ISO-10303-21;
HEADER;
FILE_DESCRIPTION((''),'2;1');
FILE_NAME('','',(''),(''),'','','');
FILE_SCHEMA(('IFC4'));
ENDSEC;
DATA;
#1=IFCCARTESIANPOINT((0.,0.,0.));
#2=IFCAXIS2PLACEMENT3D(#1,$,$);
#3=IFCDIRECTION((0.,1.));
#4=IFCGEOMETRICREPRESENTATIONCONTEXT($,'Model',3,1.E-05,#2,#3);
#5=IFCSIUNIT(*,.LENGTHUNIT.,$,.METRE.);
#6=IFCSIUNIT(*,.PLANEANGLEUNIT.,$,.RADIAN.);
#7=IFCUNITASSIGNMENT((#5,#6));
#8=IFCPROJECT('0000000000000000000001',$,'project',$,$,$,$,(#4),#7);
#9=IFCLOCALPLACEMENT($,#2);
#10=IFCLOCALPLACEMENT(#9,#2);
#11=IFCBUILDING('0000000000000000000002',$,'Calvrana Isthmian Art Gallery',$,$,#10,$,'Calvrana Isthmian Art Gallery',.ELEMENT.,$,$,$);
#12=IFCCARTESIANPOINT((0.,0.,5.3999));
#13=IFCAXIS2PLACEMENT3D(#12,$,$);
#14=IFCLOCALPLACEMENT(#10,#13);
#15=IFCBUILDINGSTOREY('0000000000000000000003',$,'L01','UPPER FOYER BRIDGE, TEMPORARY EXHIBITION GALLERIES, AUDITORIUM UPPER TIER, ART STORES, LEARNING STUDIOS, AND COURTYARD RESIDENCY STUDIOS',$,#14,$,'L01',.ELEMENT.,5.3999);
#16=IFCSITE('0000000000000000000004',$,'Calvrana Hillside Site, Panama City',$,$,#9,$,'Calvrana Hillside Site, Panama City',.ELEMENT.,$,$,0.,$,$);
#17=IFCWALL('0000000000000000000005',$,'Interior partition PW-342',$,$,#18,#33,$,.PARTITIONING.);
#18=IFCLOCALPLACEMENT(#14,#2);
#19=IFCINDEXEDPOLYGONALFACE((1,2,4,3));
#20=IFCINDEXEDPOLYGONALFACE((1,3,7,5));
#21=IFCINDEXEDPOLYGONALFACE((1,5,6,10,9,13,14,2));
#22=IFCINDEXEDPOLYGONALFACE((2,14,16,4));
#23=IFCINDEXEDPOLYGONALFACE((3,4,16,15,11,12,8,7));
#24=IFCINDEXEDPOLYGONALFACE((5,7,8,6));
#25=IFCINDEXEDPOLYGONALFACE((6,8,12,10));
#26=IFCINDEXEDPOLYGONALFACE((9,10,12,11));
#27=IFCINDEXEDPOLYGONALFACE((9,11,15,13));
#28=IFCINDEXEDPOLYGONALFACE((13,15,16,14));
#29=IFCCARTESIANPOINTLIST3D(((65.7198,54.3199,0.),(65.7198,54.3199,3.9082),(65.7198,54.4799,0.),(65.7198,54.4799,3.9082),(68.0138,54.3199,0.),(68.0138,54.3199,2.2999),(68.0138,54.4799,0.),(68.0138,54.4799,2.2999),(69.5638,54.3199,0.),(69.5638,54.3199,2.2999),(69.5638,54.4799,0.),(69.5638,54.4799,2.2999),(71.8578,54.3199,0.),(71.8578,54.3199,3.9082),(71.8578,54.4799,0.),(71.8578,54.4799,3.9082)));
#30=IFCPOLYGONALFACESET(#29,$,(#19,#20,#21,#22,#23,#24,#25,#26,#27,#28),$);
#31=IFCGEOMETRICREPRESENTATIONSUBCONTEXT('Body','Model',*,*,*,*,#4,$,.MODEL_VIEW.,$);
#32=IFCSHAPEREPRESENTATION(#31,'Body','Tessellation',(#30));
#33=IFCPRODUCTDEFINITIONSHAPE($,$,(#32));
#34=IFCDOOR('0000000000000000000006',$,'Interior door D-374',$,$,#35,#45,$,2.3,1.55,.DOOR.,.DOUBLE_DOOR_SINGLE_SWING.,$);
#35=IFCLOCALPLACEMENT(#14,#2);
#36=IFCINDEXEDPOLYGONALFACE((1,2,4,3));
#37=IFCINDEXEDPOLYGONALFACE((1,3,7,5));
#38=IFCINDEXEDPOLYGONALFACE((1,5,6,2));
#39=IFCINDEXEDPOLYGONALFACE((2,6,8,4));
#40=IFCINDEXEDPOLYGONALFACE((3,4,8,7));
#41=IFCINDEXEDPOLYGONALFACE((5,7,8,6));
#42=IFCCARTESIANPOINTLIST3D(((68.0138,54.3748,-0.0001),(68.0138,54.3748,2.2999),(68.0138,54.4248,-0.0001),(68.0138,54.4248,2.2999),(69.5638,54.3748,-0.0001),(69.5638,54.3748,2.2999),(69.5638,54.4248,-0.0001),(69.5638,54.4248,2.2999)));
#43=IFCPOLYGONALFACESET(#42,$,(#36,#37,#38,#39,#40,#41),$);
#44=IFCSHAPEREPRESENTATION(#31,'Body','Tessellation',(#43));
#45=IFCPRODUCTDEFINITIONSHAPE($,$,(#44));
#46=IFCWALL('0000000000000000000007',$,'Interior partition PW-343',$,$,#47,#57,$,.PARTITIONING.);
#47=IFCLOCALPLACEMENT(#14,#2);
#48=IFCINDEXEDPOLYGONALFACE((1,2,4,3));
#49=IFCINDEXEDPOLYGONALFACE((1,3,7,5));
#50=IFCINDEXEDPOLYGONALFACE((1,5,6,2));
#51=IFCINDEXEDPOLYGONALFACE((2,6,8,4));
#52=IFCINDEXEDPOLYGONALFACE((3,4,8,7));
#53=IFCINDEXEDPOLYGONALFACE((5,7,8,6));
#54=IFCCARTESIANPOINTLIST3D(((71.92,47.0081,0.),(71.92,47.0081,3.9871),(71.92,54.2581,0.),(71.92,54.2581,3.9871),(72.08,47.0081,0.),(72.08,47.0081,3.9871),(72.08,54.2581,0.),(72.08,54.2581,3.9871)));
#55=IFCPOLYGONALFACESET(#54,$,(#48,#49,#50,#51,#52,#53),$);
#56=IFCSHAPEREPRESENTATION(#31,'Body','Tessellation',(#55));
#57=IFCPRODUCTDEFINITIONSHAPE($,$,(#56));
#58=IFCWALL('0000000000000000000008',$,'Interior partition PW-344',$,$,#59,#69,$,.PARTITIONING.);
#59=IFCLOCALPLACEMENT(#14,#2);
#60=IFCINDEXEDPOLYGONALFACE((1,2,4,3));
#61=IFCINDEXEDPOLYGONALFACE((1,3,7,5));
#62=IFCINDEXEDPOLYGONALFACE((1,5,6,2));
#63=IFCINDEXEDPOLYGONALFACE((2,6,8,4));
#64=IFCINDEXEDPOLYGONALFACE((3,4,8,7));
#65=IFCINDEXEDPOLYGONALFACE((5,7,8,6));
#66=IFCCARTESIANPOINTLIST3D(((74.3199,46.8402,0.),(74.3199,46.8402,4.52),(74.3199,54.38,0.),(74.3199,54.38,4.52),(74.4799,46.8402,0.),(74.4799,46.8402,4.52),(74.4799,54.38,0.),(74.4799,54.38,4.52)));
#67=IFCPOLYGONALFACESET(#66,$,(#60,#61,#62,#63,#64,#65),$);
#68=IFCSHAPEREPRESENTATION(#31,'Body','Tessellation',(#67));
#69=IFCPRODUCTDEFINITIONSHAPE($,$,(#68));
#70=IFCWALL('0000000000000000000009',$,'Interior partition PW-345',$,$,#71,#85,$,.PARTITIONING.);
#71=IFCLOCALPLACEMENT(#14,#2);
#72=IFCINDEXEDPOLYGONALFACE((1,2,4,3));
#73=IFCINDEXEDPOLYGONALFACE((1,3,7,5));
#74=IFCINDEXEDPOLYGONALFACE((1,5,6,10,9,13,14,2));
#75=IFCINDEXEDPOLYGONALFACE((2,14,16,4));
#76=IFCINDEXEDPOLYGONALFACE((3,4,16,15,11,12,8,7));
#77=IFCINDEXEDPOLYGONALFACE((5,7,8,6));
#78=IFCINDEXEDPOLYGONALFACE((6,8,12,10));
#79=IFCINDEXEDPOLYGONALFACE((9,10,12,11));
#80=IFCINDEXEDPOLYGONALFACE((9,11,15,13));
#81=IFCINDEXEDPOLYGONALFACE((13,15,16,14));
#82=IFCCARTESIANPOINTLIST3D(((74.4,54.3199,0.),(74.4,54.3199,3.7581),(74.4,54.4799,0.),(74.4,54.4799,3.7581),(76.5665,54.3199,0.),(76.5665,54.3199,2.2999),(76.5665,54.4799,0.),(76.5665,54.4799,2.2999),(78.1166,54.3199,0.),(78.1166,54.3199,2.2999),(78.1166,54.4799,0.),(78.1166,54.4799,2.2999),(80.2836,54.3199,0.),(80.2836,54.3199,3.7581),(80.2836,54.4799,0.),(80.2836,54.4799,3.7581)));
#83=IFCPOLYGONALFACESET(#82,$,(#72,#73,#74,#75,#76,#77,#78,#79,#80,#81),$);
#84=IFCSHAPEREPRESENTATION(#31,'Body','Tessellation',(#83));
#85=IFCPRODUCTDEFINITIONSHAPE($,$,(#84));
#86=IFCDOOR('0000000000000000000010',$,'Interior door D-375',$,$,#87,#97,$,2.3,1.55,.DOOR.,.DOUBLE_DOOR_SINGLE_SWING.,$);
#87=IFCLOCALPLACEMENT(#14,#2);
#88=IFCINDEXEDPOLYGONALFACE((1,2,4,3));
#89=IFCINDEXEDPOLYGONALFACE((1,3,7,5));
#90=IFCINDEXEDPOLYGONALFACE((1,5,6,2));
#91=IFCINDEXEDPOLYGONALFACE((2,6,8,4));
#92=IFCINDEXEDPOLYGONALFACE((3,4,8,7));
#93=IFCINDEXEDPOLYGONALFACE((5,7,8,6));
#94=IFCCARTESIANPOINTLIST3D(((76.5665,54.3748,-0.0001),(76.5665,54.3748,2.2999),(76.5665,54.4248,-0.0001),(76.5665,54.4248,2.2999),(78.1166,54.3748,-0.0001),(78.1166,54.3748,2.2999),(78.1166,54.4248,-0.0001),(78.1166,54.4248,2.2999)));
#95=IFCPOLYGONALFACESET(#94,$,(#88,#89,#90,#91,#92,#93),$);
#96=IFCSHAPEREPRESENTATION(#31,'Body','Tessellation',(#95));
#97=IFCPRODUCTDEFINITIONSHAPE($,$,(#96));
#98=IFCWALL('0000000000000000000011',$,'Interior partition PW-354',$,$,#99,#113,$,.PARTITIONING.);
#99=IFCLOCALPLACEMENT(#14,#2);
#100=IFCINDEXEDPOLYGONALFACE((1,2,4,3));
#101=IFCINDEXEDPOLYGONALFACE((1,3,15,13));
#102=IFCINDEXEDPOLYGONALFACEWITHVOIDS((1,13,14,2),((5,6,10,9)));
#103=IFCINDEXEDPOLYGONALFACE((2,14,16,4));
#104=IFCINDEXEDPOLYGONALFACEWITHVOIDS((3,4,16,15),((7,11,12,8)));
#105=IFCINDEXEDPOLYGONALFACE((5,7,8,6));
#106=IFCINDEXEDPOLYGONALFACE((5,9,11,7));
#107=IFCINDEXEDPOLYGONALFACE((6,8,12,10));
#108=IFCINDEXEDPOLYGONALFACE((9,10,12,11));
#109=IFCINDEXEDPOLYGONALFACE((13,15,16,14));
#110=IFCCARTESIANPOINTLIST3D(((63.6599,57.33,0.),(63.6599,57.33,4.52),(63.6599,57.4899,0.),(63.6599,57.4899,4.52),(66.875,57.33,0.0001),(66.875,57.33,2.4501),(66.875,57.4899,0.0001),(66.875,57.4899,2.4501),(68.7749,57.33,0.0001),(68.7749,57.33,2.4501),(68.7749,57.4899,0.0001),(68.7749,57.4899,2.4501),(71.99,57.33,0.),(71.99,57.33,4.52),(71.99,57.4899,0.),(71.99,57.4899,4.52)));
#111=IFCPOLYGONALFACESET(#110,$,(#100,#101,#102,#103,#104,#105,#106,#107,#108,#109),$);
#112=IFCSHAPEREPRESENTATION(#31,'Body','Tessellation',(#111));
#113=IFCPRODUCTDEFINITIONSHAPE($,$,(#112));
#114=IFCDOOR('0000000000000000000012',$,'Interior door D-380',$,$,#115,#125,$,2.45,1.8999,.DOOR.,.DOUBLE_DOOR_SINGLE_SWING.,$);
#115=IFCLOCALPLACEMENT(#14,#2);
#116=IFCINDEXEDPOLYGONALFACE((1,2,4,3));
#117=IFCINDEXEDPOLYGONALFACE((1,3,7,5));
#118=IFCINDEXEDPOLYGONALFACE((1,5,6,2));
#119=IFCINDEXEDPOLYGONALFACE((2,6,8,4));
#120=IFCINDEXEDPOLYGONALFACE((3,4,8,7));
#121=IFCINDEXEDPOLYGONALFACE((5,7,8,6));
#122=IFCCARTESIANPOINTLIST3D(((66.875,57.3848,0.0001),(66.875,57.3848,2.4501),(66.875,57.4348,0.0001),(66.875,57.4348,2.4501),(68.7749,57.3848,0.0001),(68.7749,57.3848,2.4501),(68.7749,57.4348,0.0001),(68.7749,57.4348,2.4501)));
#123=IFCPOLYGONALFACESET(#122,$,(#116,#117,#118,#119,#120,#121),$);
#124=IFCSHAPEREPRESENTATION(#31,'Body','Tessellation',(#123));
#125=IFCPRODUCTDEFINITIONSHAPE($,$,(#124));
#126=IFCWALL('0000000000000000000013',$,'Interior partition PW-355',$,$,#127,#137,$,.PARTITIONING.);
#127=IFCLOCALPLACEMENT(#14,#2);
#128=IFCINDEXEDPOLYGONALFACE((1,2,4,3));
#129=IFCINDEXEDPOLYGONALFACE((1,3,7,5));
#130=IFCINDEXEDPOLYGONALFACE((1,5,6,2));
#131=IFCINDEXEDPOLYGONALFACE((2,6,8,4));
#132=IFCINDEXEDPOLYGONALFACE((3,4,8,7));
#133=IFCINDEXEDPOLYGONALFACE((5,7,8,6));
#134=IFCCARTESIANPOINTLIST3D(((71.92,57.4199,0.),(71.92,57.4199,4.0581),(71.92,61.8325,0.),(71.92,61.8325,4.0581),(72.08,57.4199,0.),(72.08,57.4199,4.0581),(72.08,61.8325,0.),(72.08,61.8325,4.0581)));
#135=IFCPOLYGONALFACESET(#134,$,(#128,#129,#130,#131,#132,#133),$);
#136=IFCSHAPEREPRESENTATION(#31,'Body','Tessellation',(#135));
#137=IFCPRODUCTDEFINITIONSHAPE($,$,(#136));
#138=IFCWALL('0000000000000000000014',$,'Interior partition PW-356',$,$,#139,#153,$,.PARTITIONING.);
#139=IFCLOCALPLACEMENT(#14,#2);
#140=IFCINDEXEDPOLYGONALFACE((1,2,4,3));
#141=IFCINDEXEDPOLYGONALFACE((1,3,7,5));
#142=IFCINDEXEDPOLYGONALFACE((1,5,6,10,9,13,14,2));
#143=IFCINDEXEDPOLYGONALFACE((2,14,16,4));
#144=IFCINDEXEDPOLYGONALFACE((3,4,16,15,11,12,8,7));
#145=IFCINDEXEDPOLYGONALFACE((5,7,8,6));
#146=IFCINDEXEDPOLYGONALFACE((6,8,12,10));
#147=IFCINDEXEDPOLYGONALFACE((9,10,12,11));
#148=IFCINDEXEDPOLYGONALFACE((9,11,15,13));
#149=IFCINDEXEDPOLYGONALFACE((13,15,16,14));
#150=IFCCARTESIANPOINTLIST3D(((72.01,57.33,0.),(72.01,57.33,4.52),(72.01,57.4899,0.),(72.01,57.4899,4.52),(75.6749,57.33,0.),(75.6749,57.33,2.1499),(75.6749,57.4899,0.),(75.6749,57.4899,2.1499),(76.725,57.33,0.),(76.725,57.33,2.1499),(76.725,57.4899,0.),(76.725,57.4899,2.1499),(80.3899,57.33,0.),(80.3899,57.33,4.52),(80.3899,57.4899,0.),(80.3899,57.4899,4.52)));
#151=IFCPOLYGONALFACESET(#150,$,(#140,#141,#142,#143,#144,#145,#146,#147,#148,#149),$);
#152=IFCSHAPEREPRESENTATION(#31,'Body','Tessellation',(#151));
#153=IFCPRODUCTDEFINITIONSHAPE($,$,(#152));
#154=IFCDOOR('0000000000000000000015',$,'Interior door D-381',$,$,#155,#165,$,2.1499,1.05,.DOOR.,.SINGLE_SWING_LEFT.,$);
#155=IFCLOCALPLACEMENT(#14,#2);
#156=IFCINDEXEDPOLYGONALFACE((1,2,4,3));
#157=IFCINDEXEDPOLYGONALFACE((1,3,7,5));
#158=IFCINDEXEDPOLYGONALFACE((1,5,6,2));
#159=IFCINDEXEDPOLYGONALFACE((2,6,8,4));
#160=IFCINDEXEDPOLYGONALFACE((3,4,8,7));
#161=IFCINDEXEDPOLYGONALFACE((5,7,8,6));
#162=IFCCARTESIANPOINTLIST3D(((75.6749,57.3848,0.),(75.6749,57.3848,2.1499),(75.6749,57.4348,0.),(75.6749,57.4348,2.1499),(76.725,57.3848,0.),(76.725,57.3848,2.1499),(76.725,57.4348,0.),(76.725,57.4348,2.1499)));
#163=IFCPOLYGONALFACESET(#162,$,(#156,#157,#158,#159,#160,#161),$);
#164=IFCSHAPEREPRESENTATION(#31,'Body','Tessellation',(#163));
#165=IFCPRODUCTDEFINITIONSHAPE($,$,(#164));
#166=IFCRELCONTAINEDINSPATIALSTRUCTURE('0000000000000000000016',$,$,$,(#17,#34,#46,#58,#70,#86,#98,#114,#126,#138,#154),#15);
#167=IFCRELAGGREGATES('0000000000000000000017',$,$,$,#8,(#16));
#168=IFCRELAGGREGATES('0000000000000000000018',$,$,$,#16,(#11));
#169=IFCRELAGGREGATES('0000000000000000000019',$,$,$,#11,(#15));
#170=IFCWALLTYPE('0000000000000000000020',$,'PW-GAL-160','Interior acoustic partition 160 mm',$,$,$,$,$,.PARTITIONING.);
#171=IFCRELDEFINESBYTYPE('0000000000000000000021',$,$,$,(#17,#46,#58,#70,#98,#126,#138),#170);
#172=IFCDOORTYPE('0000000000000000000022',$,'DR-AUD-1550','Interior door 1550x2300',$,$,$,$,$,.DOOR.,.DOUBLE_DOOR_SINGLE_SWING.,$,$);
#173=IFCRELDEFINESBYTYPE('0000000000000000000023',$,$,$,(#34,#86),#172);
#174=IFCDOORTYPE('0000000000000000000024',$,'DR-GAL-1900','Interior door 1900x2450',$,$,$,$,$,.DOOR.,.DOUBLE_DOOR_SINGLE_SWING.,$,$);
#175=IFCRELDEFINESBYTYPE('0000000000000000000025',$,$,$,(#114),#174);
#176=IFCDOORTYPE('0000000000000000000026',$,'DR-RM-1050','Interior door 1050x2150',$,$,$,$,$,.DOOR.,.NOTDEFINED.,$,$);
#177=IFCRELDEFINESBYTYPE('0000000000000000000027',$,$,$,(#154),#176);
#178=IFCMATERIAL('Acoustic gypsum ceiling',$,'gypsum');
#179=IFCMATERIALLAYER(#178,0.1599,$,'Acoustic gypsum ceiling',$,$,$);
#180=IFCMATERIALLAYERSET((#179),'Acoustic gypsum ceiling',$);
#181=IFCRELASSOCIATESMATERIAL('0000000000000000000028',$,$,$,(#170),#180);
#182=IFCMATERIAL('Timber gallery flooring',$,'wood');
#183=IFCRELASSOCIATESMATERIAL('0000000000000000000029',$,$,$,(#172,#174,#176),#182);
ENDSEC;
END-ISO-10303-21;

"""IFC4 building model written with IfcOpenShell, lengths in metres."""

from ifc_helpers import new_model, si_unit, direction, frame, frame_2d, origin, place, context, subcontext, project, spatial, rectangle, extrude, material, layer, layer_set, type_object, element, fill, save


model = new_model("IFC4")

# Units and contexts
model_context = context("Model", 3, precision=1e-05, world=origin(), true_north=direction((0.0, 1.0)))
body_context = subcontext(model_context, "Body", "Model", "MODEL_VIEW")
ifc_project = project(units=[si_unit("LENGTHUNIT", "METRE"), si_unit("PLANEANGLEUNIT", "RADIAN")], contexts=[model_context])

# Site, building, storey
site_placement = place(None, origin())
site = spatial("IfcSite", under=ifc_project, at=site_placement, Name="Calvrana Hillside Site, Panama City", LongName="Calvrana Hillside Site, Panama City", CompositionType="ELEMENT", RefElevation=0.0)
building_placement = place(site_placement, origin())
building = spatial("IfcBuilding", under=site, at=building_placement, Name="Calvrana Isthmian Art Gallery", LongName="Calvrana Isthmian Art Gallery", CompositionType="ELEMENT")
storey_placement = place(building_placement, frame((0.0, 0.0, 5.3999)))
storey = spatial("IfcBuildingStorey", under=building, at=storey_placement, Name="L01", Description="UPPER FOYER BRIDGE, TEMPORARY EXHIBITION GALLERIES, AUDITORIUM UPPER TIER, ART STORES, LEARNING STUDIOS, AND COURTYARD RESIDENCY STUDIOS", LongName="L01", CompositionType="ELEMENT", Elevation=5.3999)

# Shared definitions
ifc_material_1 = material(Name="Acoustic gypsum ceiling", Category="gypsum")

# Wall, opening, door
ifc_layer_1 = layer(ifc_material_1, 0.1599, Name="Acoustic gypsum ceiling")
ifc_layer_set_1 = layer_set([ifc_layer_1], Name="Acoustic gypsum ceiling")
wall_type_1 = type_object("IfcWallType", Name="PW-GAL-160", Description="Interior acoustic partition 160 mm", PredefinedType="PARTITIONING", material=ifc_layer_set_1)
wall_1_placement = place(storey_placement, frame((65.72, 54.3999, 0.0), z_axis=(0.0, 0.0, 1.0), x_axis=(1.0, 0.0, 0.0)))
wall_1 = element("IfcWall", 1, at=wall_1_placement, inside=storey, type_object=wall_type_1, Name="Interior partition PW-342", PredefinedType="PARTITIONING", context=body_context, shape_type="SweptSolid", body=[
    extrude(rectangle(XDim=6.1379, YDim=0.1599, at=frame_2d((3.0688, 0.0))), origin(), (0.0, 0.0, 1.0), 3.9082),
])
opening_1_placement = place(wall_1_placement, frame((2.2939, 0.0, 0.0)))
opening_1 = element("IfcOpeningElement", 2, at=opening_1_placement, cuts=wall_1, PredefinedType="OPENING", context=body_context, shape_type="SweptSolid", body=[
    extrude(rectangle(XDim=1.55, YDim=2.3, at=frame_2d((0.7749, 1.1499))), frame((0.0, 0.0903, 0.0), z_axis=(0.0, -1.0, 0.0), x_axis=(1.0, 0.0, 0.0)), (0.0, 0.0, 1.0), 0.1804),
])
ifc_material_2 = material(Name="Timber gallery flooring", Category="wood")
door_type_1 = type_object("IfcDoorType", Name="DR-AUD-1550", Description="Interior door 1550x2300", OperationType="DOUBLE_DOOR_SINGLE_SWING", PredefinedType="DOOR", material=ifc_material_2)
door_1_placement = place(opening_1_placement, origin())
door_1 = element("IfcDoor", 3, at=door_1_placement, inside=storey, type_object=door_type_1, Name="Interior door D-374", OperationType="DOUBLE_DOOR_SINGLE_SWING", OverallHeight=2.3, OverallWidth=1.55, PredefinedType="DOOR", context=body_context, shape_type="SweptSolid", body=[
    extrude(rectangle(XDim=1.55, YDim=2.3, at=frame_2d((0.7749, 1.1499))), frame((0.0, 0.0249, 0.0), z_axis=(0.0, -1.0, 0.0), x_axis=(1.0, 0.0, 0.0)), (0.0, 0.0, 1.0), 0.05),
])
fill(opening_1, door_1)

# Walls
wall_2_placement = place(storey_placement, frame((72.0, 47.0081, 0.0), z_axis=(0.0, 0.0, 1.0), x_axis=(0.0, 1.0, 0.0)))
element("IfcWall", 4, at=wall_2_placement, inside=storey, type_object=wall_type_1, Name="Interior partition PW-343", PredefinedType="PARTITIONING", context=body_context, shape_type="SweptSolid", body=[
    extrude(rectangle(XDim=7.25, YDim=0.1599, at=frame_2d((3.625, 0.0))), origin(), (0.0, 0.0, 1.0), 3.9871),
])
wall_3_placement = place(storey_placement, frame((74.3999, 46.8401, 0.0), z_axis=(0.0, 0.0, 1.0), x_axis=(0.0, 1.0, 0.0)))
element("IfcWall", 5, at=wall_3_placement, inside=storey, type_object=wall_type_1, Name="Interior partition PW-344", PredefinedType="PARTITIONING", context=body_context, shape_type="SweptSolid", body=[
    extrude(rectangle(XDim=7.5398, YDim=0.1599, at=frame_2d((3.77, 0.0))), origin(), (0.0, 0.0, 1.0), 4.52),
])

# Walls, openings, doors
wall_4_placement = place(storey_placement, frame((74.3999, 54.3999, 0.0), z_axis=(0.0, 0.0, 1.0), x_axis=(1.0, 0.0, 0.0)))
wall_4 = element("IfcWall", 6, at=wall_4_placement, inside=storey, type_object=wall_type_1, Name="Interior partition PW-345", PredefinedType="PARTITIONING", context=body_context, shape_type="SweptSolid", body=[
    extrude(rectangle(XDim=5.8835, YDim=0.1599, at=frame_2d((2.9419, 0.0))), origin(), (0.0, 0.0, 1.0), 3.7581),
])
opening_2_placement = place(wall_4_placement, frame((2.1667, 0.0, 0.0)))
opening_2 = element("IfcOpeningElement", 7, at=opening_2_placement, cuts=wall_4, PredefinedType="OPENING", context=body_context, shape_type="SweptSolid", body=[
    extrude(rectangle(XDim=1.55, YDim=2.3, at=frame_2d((0.7749, 1.1499))), frame((0.0, 0.0903, 0.0), z_axis=(0.0, -1.0, 0.0), x_axis=(1.0, 0.0, 0.0)), (0.0, 0.0, 1.0), 0.1804),
])
door_2_placement = place(opening_2_placement, origin())
door_2 = element("IfcDoor", 8, at=door_2_placement, inside=storey, type_object=door_type_1, Name="Interior door D-375", OperationType="DOUBLE_DOOR_SINGLE_SWING", OverallHeight=2.3, OverallWidth=1.55, PredefinedType="DOOR", context=body_context, shape_type="SweptSolid", body=[
    extrude(rectangle(XDim=1.55, YDim=2.3, at=frame_2d((0.7749, 1.1499))), frame((0.0, 0.0249, 0.0), z_axis=(0.0, -1.0, 0.0), x_axis=(1.0, 0.0, 0.0)), (0.0, 0.0, 1.0), 0.05),
])
fill(opening_2, door_2)
wall_5_placement = place(storey_placement, frame((63.6599, 57.4099, 0.0), z_axis=(0.0, 0.0, 1.0), x_axis=(1.0, 0.0, 0.0)))
wall_5 = element("IfcWall", 9, at=wall_5_placement, inside=storey, type_object=wall_type_1, Name="Interior partition PW-354", PredefinedType="PARTITIONING", context=body_context, shape_type="SweptSolid", body=[
    extrude(rectangle(XDim=8.3301, YDim=0.1599, at=frame_2d((4.165, 0.0))), origin(), (0.0, 0.0, 1.0), 4.52),
])
opening_3_placement = place(wall_5_placement, frame((3.2151, 0.0, 0.0)))
opening_3 = element("IfcOpeningElement", 10, at=opening_3_placement, cuts=wall_5, PredefinedType="OPENING", context=body_context, shape_type="SweptSolid", body=[
    extrude(rectangle(XDim=1.8999, YDim=2.45, at=frame_2d((0.95, 1.2251))), frame((0.0, 0.0903, 0.0), z_axis=(0.0, -1.0, 0.0), x_axis=(1.0, 0.0, 0.0)), (0.0, 0.0, 1.0), 0.1804),
])
door_type_2 = type_object("IfcDoorType", Name="DR-GAL-1900", Description="Interior door 1900x2450", OperationType="DOUBLE_DOOR_SINGLE_SWING", PredefinedType="DOOR", material=ifc_material_2)
door_3_placement = place(opening_3_placement, origin())
door_3 = element("IfcDoor", 11, at=door_3_placement, inside=storey, type_object=door_type_2, Name="Interior door D-380", OperationType="DOUBLE_DOOR_SINGLE_SWING", OverallHeight=2.45, OverallWidth=1.8999, PredefinedType="DOOR", context=body_context, shape_type="SweptSolid", body=[
    extrude(rectangle(XDim=1.8999, YDim=2.45, at=frame_2d((0.95, 1.2251))), frame((0.0, 0.0249, 0.0), z_axis=(0.0, -1.0, 0.0), x_axis=(1.0, 0.0, 0.0)), (0.0, 0.0, 1.0), 0.05),
])
fill(opening_3, door_3)

# Wall
wall_6_placement = place(storey_placement, frame((72.0, 57.4199, 0.0), z_axis=(0.0, 0.0, 1.0), x_axis=(0.0, 1.0, 0.0)))
element("IfcWall", 12, at=wall_6_placement, inside=storey, type_object=wall_type_1, Name="Interior partition PW-355", PredefinedType="PARTITIONING", context=body_context, shape_type="SweptSolid", body=[
    extrude(rectangle(XDim=4.4126, YDim=0.1599, at=frame_2d((2.2063, 0.0))), origin(), (0.0, 0.0, 1.0), 4.0581),
])

# Wall, opening, door
wall_7_placement = place(storey_placement, frame((72.01, 57.4099, 0.0), z_axis=(0.0, 0.0, 1.0), x_axis=(1.0, 0.0, 0.0)))
wall_7 = element("IfcWall", 13, at=wall_7_placement, inside=storey, type_object=wall_type_1, Name="Interior partition PW-356", PredefinedType="PARTITIONING", context=body_context, shape_type="SweptSolid", body=[
    extrude(rectangle(XDim=8.3799, YDim=0.1599, at=frame_2d((4.1899, 0.0))), origin(), (0.0, 0.0, 1.0), 4.52),
])
opening_4_placement = place(wall_7_placement, frame((3.665, 0.0, 0.0)))
opening_4 = element("IfcOpeningElement", 14, at=opening_4_placement, cuts=wall_7, PredefinedType="OPENING", context=body_context, shape_type="SweptSolid", body=[
    extrude(rectangle(XDim=1.05, YDim=2.1499, at=frame_2d((0.5249, 1.075))), frame((0.0, 0.0903, 0.0), z_axis=(0.0, -1.0, 0.0), x_axis=(1.0, 0.0, 0.0)), (0.0, 0.0, 1.0), 0.1804),
])
door_type_3 = type_object("IfcDoorType", Name="DR-RM-1050", Description="Interior door 1050x2150", OperationType="NOTDEFINED", PredefinedType="DOOR", material=ifc_material_2)
door_4_placement = place(opening_4_placement, origin())
door_4 = element("IfcDoor", 15, at=door_4_placement, inside=storey, type_object=door_type_3, Name="Interior door D-381", OperationType="SINGLE_SWING_LEFT", OverallHeight=2.1499, OverallWidth=1.05, PredefinedType="DOOR", context=body_context, shape_type="SweptSolid", body=[
    extrude(rectangle(XDim=1.05, YDim=2.1499, at=frame_2d((0.5249, 1.075))), frame((0.0, 0.0249, 0.0), z_axis=(0.0, -1.0, 0.0), x_axis=(1.0, 0.0, 0.0)), (0.0, 0.0, 1.0), 0.05),
])
fill(opening_4, door_4)

save(model, "model.ifc")
